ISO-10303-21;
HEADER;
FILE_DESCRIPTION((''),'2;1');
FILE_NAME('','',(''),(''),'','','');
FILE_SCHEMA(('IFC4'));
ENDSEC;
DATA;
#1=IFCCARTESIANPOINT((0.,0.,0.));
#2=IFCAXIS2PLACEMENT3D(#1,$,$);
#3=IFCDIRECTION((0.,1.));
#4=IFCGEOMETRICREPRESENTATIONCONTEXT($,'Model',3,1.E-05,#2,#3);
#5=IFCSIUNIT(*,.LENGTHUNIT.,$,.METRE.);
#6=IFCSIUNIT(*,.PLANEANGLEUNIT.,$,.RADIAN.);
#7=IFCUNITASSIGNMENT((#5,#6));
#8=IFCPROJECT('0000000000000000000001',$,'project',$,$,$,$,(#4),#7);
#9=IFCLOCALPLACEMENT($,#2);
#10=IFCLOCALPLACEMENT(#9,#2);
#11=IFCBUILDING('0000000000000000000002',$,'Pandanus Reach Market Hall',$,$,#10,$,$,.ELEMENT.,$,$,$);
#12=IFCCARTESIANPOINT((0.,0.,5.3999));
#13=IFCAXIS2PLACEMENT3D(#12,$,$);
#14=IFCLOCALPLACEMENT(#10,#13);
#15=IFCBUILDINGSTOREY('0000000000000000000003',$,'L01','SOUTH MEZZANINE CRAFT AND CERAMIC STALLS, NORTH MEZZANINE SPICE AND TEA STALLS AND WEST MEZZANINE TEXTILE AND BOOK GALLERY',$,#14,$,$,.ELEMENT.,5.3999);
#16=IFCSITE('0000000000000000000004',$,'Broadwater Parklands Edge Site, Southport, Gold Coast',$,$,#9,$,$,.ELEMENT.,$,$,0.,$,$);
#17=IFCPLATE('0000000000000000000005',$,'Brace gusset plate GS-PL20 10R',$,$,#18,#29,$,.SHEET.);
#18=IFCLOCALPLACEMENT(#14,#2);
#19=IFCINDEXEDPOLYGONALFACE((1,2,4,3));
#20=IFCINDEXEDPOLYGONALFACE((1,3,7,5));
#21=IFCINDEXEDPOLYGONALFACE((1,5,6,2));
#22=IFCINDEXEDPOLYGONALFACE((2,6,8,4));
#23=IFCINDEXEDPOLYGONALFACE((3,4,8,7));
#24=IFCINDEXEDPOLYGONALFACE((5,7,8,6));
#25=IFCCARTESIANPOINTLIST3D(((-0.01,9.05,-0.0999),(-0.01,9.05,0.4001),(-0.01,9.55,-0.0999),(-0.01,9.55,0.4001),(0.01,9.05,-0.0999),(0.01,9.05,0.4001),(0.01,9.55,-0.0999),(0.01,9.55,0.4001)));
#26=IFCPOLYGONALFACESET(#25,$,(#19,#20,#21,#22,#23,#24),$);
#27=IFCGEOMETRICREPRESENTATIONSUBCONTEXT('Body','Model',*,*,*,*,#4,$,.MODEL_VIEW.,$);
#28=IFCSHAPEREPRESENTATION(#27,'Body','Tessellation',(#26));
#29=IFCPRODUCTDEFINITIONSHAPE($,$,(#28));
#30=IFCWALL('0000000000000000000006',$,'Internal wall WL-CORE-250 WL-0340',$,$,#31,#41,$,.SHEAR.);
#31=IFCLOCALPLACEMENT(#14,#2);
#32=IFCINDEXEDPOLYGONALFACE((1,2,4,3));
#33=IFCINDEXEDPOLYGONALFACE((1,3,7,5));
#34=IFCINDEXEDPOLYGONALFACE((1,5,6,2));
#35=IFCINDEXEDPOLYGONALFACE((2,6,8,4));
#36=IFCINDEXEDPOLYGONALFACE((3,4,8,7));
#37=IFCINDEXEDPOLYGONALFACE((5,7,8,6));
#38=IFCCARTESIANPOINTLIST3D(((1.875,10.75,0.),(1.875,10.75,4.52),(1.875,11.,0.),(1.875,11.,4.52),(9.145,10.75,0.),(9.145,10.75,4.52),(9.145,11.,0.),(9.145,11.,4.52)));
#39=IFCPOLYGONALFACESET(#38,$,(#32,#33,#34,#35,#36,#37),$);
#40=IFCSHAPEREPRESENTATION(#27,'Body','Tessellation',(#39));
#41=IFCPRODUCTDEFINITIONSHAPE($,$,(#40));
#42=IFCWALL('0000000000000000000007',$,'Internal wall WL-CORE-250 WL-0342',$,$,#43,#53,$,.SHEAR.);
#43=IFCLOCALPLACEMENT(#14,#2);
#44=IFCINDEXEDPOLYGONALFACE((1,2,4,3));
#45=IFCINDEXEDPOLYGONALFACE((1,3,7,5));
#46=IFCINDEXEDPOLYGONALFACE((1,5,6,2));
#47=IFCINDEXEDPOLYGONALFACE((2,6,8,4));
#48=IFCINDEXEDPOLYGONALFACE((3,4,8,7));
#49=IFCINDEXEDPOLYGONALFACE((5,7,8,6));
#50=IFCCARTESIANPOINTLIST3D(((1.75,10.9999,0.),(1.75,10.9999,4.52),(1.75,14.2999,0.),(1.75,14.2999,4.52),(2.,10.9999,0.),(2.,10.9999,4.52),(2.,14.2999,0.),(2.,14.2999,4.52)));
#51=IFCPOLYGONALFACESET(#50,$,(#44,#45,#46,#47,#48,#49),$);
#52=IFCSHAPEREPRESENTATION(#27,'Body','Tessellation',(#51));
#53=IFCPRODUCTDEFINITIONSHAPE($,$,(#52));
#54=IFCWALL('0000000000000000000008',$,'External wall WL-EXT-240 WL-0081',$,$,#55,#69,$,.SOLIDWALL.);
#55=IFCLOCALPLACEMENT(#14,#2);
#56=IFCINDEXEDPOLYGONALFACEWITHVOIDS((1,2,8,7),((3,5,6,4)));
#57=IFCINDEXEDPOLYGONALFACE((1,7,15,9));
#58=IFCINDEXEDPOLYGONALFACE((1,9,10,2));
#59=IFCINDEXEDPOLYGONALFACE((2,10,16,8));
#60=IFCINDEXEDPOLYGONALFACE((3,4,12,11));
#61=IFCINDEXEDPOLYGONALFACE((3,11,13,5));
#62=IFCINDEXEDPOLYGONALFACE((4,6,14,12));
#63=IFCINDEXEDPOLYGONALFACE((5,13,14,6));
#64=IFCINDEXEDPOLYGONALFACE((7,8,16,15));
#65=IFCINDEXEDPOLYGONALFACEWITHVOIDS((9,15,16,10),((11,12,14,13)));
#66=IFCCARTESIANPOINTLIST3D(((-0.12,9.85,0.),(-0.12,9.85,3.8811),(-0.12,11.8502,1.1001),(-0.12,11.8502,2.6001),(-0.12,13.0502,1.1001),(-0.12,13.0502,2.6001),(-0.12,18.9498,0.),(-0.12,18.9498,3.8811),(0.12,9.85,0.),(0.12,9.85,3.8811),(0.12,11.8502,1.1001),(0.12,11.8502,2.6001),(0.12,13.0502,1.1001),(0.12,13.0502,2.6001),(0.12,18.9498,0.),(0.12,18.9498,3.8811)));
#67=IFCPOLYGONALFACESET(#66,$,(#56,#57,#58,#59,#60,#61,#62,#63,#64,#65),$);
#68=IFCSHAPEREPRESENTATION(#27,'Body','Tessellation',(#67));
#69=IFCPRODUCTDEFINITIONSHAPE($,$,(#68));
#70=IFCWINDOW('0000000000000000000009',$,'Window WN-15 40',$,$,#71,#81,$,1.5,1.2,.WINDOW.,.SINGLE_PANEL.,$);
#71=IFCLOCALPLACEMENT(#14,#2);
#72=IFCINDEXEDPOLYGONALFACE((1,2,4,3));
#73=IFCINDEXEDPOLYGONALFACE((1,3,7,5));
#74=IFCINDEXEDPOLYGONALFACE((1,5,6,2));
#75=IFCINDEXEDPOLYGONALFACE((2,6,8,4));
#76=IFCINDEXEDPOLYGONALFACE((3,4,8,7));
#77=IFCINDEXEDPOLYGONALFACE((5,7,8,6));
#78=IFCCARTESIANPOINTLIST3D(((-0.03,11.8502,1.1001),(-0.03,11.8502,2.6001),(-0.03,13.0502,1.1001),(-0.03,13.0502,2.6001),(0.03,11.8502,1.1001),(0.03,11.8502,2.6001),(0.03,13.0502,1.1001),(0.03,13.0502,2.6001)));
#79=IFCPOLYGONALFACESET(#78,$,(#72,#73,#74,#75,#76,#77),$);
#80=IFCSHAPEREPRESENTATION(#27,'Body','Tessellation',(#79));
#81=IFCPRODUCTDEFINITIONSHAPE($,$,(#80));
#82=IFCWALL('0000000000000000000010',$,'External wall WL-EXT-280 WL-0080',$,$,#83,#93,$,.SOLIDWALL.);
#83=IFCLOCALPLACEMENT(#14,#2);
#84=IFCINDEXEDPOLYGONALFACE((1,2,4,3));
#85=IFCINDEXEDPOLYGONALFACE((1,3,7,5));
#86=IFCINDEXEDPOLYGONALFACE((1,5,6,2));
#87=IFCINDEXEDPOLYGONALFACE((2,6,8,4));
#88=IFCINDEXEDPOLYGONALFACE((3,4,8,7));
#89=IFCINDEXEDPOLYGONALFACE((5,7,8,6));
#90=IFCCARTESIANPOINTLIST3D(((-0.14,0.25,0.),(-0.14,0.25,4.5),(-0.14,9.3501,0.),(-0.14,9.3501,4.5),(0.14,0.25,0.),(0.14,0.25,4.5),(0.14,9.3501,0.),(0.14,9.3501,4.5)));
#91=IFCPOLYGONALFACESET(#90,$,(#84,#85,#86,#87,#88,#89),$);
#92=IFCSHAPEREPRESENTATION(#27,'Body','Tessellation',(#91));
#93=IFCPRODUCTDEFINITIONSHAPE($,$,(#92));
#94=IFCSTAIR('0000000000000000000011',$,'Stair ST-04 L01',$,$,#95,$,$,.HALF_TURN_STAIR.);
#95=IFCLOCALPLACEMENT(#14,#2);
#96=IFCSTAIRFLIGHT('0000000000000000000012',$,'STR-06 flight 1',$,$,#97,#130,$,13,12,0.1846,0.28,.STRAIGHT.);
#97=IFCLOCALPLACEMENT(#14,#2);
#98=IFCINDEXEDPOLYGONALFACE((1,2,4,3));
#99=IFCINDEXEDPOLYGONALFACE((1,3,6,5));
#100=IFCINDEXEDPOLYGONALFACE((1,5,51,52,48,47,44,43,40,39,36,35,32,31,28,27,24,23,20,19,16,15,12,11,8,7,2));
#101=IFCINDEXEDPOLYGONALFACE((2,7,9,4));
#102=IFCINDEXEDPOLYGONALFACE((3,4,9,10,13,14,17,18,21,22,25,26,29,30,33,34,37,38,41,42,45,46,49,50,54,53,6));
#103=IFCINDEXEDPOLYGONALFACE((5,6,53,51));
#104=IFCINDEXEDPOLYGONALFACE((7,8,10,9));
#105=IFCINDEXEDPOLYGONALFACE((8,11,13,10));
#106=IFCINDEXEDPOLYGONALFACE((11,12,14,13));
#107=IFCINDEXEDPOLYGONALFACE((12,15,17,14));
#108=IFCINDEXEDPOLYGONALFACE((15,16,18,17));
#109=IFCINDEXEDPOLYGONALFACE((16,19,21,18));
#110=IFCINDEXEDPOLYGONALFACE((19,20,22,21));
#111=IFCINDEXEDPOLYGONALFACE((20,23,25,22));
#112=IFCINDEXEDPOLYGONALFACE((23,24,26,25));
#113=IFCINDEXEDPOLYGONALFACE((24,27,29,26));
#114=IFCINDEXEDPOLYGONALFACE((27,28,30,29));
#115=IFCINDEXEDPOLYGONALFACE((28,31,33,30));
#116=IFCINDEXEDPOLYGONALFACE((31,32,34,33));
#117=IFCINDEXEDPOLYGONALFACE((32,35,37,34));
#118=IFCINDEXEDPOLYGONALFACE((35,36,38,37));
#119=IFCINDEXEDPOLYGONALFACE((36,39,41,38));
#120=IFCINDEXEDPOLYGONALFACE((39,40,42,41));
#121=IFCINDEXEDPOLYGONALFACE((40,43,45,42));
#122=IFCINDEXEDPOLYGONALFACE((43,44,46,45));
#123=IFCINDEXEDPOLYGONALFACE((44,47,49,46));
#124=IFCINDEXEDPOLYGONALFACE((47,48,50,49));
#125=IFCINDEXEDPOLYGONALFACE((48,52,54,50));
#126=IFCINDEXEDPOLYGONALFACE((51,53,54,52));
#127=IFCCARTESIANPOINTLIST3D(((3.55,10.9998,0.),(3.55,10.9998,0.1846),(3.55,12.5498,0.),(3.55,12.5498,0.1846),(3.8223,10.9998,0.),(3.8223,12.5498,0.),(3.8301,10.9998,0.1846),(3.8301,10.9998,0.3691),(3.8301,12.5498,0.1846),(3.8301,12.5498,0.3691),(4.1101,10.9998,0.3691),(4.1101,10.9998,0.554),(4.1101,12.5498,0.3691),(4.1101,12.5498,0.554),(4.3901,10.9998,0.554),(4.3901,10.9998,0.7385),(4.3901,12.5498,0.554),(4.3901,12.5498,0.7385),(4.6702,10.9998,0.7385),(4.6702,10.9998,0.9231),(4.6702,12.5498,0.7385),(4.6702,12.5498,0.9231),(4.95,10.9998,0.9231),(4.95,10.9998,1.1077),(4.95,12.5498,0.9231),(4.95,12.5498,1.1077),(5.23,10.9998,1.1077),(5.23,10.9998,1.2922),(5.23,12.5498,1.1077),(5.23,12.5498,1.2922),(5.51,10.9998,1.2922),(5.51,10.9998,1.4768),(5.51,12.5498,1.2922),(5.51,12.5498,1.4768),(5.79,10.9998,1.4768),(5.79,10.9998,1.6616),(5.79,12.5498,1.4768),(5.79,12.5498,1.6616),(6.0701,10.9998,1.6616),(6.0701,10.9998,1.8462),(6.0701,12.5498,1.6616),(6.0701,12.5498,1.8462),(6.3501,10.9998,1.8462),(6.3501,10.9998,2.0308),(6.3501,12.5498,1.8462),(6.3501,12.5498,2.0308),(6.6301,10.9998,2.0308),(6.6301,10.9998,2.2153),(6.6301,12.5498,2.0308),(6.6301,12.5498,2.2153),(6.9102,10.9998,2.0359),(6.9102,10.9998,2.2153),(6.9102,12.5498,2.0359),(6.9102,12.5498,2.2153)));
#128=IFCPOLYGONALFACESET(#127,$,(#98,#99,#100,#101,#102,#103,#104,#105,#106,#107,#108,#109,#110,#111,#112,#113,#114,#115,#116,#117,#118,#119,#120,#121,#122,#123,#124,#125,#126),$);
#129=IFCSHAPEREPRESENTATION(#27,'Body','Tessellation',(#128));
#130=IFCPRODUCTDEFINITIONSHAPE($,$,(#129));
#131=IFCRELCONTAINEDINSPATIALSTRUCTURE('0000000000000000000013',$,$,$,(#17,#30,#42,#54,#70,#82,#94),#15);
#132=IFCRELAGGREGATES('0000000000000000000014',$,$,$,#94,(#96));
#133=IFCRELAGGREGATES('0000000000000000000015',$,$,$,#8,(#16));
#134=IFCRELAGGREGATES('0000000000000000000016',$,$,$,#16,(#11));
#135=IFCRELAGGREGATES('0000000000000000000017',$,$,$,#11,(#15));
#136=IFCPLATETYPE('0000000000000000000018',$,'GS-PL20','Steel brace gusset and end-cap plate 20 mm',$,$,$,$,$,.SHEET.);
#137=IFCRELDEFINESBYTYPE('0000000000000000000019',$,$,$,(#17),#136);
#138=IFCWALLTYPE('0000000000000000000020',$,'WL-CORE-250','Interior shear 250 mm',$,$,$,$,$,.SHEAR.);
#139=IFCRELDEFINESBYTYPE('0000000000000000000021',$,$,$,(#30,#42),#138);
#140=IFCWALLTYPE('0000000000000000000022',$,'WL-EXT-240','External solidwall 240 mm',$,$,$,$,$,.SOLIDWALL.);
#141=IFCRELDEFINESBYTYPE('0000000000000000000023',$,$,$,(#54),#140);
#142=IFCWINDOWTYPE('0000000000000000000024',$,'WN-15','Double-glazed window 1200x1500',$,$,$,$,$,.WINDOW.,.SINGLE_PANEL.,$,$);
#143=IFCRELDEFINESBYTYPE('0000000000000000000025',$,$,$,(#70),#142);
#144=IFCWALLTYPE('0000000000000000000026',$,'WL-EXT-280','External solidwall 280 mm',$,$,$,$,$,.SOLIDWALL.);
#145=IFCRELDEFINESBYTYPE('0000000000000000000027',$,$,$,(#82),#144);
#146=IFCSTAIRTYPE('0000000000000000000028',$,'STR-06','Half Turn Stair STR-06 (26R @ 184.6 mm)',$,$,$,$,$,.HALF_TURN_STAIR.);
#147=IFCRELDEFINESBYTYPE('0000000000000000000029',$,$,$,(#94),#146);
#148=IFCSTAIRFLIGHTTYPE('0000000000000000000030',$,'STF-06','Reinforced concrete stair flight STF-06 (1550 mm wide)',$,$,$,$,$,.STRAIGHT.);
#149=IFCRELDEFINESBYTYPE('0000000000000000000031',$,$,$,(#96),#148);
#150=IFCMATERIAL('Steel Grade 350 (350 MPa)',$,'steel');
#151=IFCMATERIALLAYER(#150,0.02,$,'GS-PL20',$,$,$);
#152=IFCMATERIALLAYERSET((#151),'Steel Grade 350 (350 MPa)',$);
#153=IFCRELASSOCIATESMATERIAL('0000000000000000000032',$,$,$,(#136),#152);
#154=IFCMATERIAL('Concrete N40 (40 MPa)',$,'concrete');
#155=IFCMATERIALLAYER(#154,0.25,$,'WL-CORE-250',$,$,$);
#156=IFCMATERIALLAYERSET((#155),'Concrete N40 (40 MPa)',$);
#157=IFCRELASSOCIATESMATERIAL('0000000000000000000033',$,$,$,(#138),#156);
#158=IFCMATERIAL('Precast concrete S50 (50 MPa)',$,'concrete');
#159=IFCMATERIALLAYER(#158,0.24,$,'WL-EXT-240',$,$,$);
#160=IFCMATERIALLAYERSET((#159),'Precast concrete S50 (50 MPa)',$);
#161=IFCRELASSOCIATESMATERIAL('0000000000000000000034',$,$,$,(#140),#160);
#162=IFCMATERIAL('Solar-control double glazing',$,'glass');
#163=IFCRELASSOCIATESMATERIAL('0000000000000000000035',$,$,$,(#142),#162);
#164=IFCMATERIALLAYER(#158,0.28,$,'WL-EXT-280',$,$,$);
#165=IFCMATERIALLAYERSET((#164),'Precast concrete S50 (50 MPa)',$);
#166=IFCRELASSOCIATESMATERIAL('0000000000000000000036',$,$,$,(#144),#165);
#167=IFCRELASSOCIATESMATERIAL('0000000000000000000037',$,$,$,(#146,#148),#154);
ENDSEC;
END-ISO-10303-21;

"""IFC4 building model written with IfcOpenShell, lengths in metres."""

from ifc_helpers import new_model, si_unit, direction, frame, frame_2d, origin, origin_2d, place, context, subcontext, project, spatial, polyline, rectangle, outline, extrude, material, layer, layer_set, type_object, element, fill, aggregate, save


model = new_model("IFC4")

# Units and contexts
model_context = context("Model", 3, precision=1e-05, world=origin(), true_north=direction((0.0, 1.0)))
body_context = subcontext(model_context, "Body", "Model", "MODEL_VIEW")
ifc_project = project(units=[si_unit("LENGTHUNIT", "METRE"), si_unit("PLANEANGLEUNIT", "RADIAN")], contexts=[model_context])

# Site, building, storey
site_placement = place(None, origin())
site = spatial("IfcSite", under=ifc_project, at=site_placement, Name="Broadwater Parklands Edge Site, Southport, Gold Coast", CompositionType="ELEMENT", RefElevation=0.0)
building_placement = place(site_placement, origin())
building = spatial("IfcBuilding", under=site, at=building_placement, Name="Pandanus Reach Market Hall", CompositionType="ELEMENT")
storey_placement = place(building_placement, frame((0.0, 0.0, 5.3999)))
storey = spatial("IfcBuildingStorey", under=building, at=storey_placement, Name="L01", Description="SOUTH MEZZANINE CRAFT AND CERAMIC STALLS, NORTH MEZZANINE SPICE AND TEA STALLS AND WEST MEZZANINE TEXTILE AND BOOK GALLERY", CompositionType="ELEMENT", Elevation=5.3999)

# Shared definitions
ifc_material_1 = material(Name="Concrete N40 (40 MPa)", Category="concrete")

# Shared definitions
ifc_material_2 = material(Name="Steel Grade 350 (350 MPa)", Category="steel")

# Shared definitions
ifc_material_3 = material(Name="Solar-control double glazing", Category="glass")

# Plate
ifc_layer_1 = layer(ifc_material_2, 0.02, Name="GS-PL20")
ifc_layer_set_1 = layer_set([ifc_layer_1], Name="Steel Grade 350 (350 MPa)")
plate_type_1 = type_object("IfcPlateType", Name="GS-PL20", Description="Steel brace gusset and end-cap plate 20 mm", PredefinedType="SHEET", material=ifc_layer_set_1)
for number, where, z_axis, x_axis, name in (
    (1, (0.0, 9.3, -0.0999), (0.0, 0.0, 1.0), (0.0, 1.0, 0.0), "Brace gusset plate GS-PL20 10R"),
):
    element("IfcPlate", number, at=place(storey_placement, frame(where, z_axis=z_axis, x_axis=x_axis)), inside=storey, type_object=plate_type_1, Name=name, PredefinedType="SHEET", context=body_context, shape_type="SweptSolid", body=[
        extrude(rectangle(XDim=0.5, YDim=0.02, at=origin_2d()), origin(), (0.0, 0.0, 1.0), 0.5),
    ])

# Walls
ifc_layer_2 = layer(ifc_material_1, 0.25, Name="WL-CORE-250")
ifc_layer_set_2 = layer_set([ifc_layer_2], Name="Concrete N40 (40 MPa)")
wall_type_1 = type_object("IfcWallType", Name="WL-CORE-250", Description="Interior shear 250 mm", PredefinedType="SHEAR", material=ifc_layer_set_2)
wall_1_placement = place(storey_placement, frame((1.875, 10.875, 0.0), z_axis=(0.0, 0.0, 1.0), x_axis=(1.0, 0.0, 0.0)))
element("IfcWall", 2, at=wall_1_placement, inside=storey, type_object=wall_type_1, Name="Internal wall WL-CORE-250 WL-0340", PredefinedType="SHEAR", context=body_context, shape_type="SweptSolid", body=[
    extrude(rectangle(XDim=7.27, YDim=0.25, at=frame_2d((3.635, 0.0))), origin(), (0.0, 0.0, 1.0), 4.52),
])
wall_2_placement = place(storey_placement, frame((1.875, 11.0, 0.0), z_axis=(0.0, 0.0, 1.0), x_axis=(0.0, 1.0, 0.0)))
element("IfcWall", 3, at=wall_2_placement, inside=storey, type_object=wall_type_1, Name="Internal wall WL-CORE-250 WL-0342", PredefinedType="SHEAR", context=body_context, shape_type="SweptSolid", body=[
    extrude(rectangle(XDim=3.3, YDim=0.25, at=frame_2d((1.6499, 0.0))), origin(), (0.0, 0.0, 1.0), 4.52),
])

# Wall, opening, window
ifc_material_4 = material(Name="Precast concrete S50 (50 MPa)", Category="concrete")
ifc_layer_3 = layer(ifc_material_4, 0.24, Name="WL-EXT-240")
ifc_layer_set_3 = layer_set([ifc_layer_3], Name="Precast concrete S50 (50 MPa)")
wall_type_2 = type_object("IfcWallType", Name="WL-EXT-240", Description="External solidwall 240 mm", PredefinedType="SOLIDWALL", material=ifc_layer_set_3)
wall_3_placement = place(storey_placement, frame((0.0, 9.8501, 0.0), z_axis=(0.0, 0.0, 1.0), x_axis=(0.0, 1.0, 0.0)))
wall_3 = element("IfcWall", 4, at=wall_3_placement, inside=storey, type_object=wall_type_2, Name="External wall WL-EXT-240 WL-0081", PredefinedType="SOLIDWALL", context=body_context, shape_type="SweptSolid", body=[
    extrude(rectangle(XDim=9.0999, YDim=0.24, at=frame_2d((4.5498, 0.0))), origin(), (0.0, 0.0, 1.0), 3.8811),
])
opening_placement = place(wall_3_placement, frame((2.0, 0.0, 1.1001)))
opening = element("IfcOpeningElement", 5, at=opening_placement, cuts=wall_3, PredefinedType="OPENING", context=body_context, shape_type="SweptSolid", body=[
    extrude(rectangle(XDim=1.2, YDim=1.5, at=frame_2d((0.6001, 0.75))), frame((0.0, 0.135, 0.0), z_axis=(0.0, -1.0, 0.0), x_axis=(1.0, 0.0, 0.0)), (0.0, 0.0, 1.0), 0.27),
])
window_type = type_object("IfcWindowType", Name="WN-15", Description="Double-glazed window 1200x1500", PartitioningType="SINGLE_PANEL", PredefinedType="WINDOW", material=ifc_material_3)
window_placement = place(opening_placement, origin())
window = element("IfcWindow", 6, at=window_placement, inside=storey, type_object=window_type, Name="Window WN-15 40", OverallHeight=1.5, OverallWidth=1.2, PartitioningType="SINGLE_PANEL", PredefinedType="WINDOW", context=body_context, shape_type="SweptSolid", body=[
    extrude(rectangle(XDim=1.2, YDim=1.5, at=frame_2d((0.6001, 0.75))), frame((0.0, 0.03, 0.0), z_axis=(0.0, -1.0, 0.0), x_axis=(1.0, 0.0, 0.0)), (0.0, 0.0, 1.0), 0.0601),
])
fill(opening, window)

# Wall
ifc_layer_4 = layer(ifc_material_4, 0.28, Name="WL-EXT-280")
ifc_layer_set_4 = layer_set([ifc_layer_4], Name="Precast concrete S50 (50 MPa)")
wall_type_3 = type_object("IfcWallType", Name="WL-EXT-280", Description="External solidwall 280 mm", PredefinedType="SOLIDWALL", material=ifc_layer_set_4)
wall_4_placement = place(storey_placement, frame((0.0, 0.25, 0.0), z_axis=(0.0, 0.0, 1.0), x_axis=(0.0, 1.0, 0.0)))
element("IfcWall", 7, at=wall_4_placement, inside=storey, type_object=wall_type_3, Name="External wall WL-EXT-280 WL-0080", PredefinedType="SOLIDWALL", context=body_context, shape_type="SweptSolid", body=[
    extrude(rectangle(XDim=9.1001, YDim=0.28, at=frame_2d((4.55, 0.0))), origin(), (0.0, 0.0, 1.0), 4.5),
])

# Stair, stair flight
stair_type = type_object("IfcStairType", Name="STR-06", Description="Half Turn Stair STR-06 (26R @ 184.6 mm)", PredefinedType="HALF_TURN_STAIR", material=ifc_material_1)
stair_placement = place(storey_placement, origin())
stair = element("IfcStair", 8, at=stair_placement, inside=storey, type_object=stair_type, Name="Stair ST-04 L01", PredefinedType="HALF_TURN_STAIR")
stair_flight_type = type_object("IfcStairFlightType", Name="STF-06", Description="Reinforced concrete stair flight STF-06 (1550 mm wide)", PredefinedType="STRAIGHT", material=ifc_material_1)
stair_flight_placement = place(storey_placement, frame((3.55, 11.7749, 0.0), z_axis=(0.0, 0.0, 1.0), x_axis=(1.0, 0.0, 0.0)))
stair_flight = element("IfcStairFlight", 9, at=stair_flight_placement, type_object=stair_flight_type, Name="STR-06 flight 1", NumberOfRisers=13, NumberOfTreads=12, PredefinedType="STRAIGHT", RiserHeight=0.1846, TreadLength=0.28, context=body_context, shape_type="SweptSolid", body=[
    extrude(outline(polyline([(0.0, 0.0), (0.0, 0.1846), (0.28, 0.1846), (0.28, 0.3691), (0.5601, 0.3691), (0.5601, 0.554), (0.8401, 0.554), (0.8401, 0.7385), (1.1201, 0.7385), (1.1201, 0.9231), (1.3999, 0.9231), (1.3999, 1.1077), (1.6799, 1.1077), (1.6799, 1.2922), (1.96, 1.2922), (1.96, 1.4768), (2.24, 1.4768), (2.24, 1.6616), (2.52, 1.6616), (2.52, 1.8462), (2.8, 1.8462), (2.8, 2.0308), (3.0801, 2.0308), (3.0801, 2.2153), (3.3601, 2.2153), (3.3601, 2.3999), (3.3601, 2.0359), (0.2722, 0.0), (0.0, 0.0)])), frame((0.0, 0.7749, 0.0), z_axis=(0.0, -1.0, 0.0), x_axis=(1.0, 0.0, 0.0)), (0.0, 0.0, 1.0), 1.55),
])
aggregate(stair, [stair_flight])

save(model, "model.ifc")
